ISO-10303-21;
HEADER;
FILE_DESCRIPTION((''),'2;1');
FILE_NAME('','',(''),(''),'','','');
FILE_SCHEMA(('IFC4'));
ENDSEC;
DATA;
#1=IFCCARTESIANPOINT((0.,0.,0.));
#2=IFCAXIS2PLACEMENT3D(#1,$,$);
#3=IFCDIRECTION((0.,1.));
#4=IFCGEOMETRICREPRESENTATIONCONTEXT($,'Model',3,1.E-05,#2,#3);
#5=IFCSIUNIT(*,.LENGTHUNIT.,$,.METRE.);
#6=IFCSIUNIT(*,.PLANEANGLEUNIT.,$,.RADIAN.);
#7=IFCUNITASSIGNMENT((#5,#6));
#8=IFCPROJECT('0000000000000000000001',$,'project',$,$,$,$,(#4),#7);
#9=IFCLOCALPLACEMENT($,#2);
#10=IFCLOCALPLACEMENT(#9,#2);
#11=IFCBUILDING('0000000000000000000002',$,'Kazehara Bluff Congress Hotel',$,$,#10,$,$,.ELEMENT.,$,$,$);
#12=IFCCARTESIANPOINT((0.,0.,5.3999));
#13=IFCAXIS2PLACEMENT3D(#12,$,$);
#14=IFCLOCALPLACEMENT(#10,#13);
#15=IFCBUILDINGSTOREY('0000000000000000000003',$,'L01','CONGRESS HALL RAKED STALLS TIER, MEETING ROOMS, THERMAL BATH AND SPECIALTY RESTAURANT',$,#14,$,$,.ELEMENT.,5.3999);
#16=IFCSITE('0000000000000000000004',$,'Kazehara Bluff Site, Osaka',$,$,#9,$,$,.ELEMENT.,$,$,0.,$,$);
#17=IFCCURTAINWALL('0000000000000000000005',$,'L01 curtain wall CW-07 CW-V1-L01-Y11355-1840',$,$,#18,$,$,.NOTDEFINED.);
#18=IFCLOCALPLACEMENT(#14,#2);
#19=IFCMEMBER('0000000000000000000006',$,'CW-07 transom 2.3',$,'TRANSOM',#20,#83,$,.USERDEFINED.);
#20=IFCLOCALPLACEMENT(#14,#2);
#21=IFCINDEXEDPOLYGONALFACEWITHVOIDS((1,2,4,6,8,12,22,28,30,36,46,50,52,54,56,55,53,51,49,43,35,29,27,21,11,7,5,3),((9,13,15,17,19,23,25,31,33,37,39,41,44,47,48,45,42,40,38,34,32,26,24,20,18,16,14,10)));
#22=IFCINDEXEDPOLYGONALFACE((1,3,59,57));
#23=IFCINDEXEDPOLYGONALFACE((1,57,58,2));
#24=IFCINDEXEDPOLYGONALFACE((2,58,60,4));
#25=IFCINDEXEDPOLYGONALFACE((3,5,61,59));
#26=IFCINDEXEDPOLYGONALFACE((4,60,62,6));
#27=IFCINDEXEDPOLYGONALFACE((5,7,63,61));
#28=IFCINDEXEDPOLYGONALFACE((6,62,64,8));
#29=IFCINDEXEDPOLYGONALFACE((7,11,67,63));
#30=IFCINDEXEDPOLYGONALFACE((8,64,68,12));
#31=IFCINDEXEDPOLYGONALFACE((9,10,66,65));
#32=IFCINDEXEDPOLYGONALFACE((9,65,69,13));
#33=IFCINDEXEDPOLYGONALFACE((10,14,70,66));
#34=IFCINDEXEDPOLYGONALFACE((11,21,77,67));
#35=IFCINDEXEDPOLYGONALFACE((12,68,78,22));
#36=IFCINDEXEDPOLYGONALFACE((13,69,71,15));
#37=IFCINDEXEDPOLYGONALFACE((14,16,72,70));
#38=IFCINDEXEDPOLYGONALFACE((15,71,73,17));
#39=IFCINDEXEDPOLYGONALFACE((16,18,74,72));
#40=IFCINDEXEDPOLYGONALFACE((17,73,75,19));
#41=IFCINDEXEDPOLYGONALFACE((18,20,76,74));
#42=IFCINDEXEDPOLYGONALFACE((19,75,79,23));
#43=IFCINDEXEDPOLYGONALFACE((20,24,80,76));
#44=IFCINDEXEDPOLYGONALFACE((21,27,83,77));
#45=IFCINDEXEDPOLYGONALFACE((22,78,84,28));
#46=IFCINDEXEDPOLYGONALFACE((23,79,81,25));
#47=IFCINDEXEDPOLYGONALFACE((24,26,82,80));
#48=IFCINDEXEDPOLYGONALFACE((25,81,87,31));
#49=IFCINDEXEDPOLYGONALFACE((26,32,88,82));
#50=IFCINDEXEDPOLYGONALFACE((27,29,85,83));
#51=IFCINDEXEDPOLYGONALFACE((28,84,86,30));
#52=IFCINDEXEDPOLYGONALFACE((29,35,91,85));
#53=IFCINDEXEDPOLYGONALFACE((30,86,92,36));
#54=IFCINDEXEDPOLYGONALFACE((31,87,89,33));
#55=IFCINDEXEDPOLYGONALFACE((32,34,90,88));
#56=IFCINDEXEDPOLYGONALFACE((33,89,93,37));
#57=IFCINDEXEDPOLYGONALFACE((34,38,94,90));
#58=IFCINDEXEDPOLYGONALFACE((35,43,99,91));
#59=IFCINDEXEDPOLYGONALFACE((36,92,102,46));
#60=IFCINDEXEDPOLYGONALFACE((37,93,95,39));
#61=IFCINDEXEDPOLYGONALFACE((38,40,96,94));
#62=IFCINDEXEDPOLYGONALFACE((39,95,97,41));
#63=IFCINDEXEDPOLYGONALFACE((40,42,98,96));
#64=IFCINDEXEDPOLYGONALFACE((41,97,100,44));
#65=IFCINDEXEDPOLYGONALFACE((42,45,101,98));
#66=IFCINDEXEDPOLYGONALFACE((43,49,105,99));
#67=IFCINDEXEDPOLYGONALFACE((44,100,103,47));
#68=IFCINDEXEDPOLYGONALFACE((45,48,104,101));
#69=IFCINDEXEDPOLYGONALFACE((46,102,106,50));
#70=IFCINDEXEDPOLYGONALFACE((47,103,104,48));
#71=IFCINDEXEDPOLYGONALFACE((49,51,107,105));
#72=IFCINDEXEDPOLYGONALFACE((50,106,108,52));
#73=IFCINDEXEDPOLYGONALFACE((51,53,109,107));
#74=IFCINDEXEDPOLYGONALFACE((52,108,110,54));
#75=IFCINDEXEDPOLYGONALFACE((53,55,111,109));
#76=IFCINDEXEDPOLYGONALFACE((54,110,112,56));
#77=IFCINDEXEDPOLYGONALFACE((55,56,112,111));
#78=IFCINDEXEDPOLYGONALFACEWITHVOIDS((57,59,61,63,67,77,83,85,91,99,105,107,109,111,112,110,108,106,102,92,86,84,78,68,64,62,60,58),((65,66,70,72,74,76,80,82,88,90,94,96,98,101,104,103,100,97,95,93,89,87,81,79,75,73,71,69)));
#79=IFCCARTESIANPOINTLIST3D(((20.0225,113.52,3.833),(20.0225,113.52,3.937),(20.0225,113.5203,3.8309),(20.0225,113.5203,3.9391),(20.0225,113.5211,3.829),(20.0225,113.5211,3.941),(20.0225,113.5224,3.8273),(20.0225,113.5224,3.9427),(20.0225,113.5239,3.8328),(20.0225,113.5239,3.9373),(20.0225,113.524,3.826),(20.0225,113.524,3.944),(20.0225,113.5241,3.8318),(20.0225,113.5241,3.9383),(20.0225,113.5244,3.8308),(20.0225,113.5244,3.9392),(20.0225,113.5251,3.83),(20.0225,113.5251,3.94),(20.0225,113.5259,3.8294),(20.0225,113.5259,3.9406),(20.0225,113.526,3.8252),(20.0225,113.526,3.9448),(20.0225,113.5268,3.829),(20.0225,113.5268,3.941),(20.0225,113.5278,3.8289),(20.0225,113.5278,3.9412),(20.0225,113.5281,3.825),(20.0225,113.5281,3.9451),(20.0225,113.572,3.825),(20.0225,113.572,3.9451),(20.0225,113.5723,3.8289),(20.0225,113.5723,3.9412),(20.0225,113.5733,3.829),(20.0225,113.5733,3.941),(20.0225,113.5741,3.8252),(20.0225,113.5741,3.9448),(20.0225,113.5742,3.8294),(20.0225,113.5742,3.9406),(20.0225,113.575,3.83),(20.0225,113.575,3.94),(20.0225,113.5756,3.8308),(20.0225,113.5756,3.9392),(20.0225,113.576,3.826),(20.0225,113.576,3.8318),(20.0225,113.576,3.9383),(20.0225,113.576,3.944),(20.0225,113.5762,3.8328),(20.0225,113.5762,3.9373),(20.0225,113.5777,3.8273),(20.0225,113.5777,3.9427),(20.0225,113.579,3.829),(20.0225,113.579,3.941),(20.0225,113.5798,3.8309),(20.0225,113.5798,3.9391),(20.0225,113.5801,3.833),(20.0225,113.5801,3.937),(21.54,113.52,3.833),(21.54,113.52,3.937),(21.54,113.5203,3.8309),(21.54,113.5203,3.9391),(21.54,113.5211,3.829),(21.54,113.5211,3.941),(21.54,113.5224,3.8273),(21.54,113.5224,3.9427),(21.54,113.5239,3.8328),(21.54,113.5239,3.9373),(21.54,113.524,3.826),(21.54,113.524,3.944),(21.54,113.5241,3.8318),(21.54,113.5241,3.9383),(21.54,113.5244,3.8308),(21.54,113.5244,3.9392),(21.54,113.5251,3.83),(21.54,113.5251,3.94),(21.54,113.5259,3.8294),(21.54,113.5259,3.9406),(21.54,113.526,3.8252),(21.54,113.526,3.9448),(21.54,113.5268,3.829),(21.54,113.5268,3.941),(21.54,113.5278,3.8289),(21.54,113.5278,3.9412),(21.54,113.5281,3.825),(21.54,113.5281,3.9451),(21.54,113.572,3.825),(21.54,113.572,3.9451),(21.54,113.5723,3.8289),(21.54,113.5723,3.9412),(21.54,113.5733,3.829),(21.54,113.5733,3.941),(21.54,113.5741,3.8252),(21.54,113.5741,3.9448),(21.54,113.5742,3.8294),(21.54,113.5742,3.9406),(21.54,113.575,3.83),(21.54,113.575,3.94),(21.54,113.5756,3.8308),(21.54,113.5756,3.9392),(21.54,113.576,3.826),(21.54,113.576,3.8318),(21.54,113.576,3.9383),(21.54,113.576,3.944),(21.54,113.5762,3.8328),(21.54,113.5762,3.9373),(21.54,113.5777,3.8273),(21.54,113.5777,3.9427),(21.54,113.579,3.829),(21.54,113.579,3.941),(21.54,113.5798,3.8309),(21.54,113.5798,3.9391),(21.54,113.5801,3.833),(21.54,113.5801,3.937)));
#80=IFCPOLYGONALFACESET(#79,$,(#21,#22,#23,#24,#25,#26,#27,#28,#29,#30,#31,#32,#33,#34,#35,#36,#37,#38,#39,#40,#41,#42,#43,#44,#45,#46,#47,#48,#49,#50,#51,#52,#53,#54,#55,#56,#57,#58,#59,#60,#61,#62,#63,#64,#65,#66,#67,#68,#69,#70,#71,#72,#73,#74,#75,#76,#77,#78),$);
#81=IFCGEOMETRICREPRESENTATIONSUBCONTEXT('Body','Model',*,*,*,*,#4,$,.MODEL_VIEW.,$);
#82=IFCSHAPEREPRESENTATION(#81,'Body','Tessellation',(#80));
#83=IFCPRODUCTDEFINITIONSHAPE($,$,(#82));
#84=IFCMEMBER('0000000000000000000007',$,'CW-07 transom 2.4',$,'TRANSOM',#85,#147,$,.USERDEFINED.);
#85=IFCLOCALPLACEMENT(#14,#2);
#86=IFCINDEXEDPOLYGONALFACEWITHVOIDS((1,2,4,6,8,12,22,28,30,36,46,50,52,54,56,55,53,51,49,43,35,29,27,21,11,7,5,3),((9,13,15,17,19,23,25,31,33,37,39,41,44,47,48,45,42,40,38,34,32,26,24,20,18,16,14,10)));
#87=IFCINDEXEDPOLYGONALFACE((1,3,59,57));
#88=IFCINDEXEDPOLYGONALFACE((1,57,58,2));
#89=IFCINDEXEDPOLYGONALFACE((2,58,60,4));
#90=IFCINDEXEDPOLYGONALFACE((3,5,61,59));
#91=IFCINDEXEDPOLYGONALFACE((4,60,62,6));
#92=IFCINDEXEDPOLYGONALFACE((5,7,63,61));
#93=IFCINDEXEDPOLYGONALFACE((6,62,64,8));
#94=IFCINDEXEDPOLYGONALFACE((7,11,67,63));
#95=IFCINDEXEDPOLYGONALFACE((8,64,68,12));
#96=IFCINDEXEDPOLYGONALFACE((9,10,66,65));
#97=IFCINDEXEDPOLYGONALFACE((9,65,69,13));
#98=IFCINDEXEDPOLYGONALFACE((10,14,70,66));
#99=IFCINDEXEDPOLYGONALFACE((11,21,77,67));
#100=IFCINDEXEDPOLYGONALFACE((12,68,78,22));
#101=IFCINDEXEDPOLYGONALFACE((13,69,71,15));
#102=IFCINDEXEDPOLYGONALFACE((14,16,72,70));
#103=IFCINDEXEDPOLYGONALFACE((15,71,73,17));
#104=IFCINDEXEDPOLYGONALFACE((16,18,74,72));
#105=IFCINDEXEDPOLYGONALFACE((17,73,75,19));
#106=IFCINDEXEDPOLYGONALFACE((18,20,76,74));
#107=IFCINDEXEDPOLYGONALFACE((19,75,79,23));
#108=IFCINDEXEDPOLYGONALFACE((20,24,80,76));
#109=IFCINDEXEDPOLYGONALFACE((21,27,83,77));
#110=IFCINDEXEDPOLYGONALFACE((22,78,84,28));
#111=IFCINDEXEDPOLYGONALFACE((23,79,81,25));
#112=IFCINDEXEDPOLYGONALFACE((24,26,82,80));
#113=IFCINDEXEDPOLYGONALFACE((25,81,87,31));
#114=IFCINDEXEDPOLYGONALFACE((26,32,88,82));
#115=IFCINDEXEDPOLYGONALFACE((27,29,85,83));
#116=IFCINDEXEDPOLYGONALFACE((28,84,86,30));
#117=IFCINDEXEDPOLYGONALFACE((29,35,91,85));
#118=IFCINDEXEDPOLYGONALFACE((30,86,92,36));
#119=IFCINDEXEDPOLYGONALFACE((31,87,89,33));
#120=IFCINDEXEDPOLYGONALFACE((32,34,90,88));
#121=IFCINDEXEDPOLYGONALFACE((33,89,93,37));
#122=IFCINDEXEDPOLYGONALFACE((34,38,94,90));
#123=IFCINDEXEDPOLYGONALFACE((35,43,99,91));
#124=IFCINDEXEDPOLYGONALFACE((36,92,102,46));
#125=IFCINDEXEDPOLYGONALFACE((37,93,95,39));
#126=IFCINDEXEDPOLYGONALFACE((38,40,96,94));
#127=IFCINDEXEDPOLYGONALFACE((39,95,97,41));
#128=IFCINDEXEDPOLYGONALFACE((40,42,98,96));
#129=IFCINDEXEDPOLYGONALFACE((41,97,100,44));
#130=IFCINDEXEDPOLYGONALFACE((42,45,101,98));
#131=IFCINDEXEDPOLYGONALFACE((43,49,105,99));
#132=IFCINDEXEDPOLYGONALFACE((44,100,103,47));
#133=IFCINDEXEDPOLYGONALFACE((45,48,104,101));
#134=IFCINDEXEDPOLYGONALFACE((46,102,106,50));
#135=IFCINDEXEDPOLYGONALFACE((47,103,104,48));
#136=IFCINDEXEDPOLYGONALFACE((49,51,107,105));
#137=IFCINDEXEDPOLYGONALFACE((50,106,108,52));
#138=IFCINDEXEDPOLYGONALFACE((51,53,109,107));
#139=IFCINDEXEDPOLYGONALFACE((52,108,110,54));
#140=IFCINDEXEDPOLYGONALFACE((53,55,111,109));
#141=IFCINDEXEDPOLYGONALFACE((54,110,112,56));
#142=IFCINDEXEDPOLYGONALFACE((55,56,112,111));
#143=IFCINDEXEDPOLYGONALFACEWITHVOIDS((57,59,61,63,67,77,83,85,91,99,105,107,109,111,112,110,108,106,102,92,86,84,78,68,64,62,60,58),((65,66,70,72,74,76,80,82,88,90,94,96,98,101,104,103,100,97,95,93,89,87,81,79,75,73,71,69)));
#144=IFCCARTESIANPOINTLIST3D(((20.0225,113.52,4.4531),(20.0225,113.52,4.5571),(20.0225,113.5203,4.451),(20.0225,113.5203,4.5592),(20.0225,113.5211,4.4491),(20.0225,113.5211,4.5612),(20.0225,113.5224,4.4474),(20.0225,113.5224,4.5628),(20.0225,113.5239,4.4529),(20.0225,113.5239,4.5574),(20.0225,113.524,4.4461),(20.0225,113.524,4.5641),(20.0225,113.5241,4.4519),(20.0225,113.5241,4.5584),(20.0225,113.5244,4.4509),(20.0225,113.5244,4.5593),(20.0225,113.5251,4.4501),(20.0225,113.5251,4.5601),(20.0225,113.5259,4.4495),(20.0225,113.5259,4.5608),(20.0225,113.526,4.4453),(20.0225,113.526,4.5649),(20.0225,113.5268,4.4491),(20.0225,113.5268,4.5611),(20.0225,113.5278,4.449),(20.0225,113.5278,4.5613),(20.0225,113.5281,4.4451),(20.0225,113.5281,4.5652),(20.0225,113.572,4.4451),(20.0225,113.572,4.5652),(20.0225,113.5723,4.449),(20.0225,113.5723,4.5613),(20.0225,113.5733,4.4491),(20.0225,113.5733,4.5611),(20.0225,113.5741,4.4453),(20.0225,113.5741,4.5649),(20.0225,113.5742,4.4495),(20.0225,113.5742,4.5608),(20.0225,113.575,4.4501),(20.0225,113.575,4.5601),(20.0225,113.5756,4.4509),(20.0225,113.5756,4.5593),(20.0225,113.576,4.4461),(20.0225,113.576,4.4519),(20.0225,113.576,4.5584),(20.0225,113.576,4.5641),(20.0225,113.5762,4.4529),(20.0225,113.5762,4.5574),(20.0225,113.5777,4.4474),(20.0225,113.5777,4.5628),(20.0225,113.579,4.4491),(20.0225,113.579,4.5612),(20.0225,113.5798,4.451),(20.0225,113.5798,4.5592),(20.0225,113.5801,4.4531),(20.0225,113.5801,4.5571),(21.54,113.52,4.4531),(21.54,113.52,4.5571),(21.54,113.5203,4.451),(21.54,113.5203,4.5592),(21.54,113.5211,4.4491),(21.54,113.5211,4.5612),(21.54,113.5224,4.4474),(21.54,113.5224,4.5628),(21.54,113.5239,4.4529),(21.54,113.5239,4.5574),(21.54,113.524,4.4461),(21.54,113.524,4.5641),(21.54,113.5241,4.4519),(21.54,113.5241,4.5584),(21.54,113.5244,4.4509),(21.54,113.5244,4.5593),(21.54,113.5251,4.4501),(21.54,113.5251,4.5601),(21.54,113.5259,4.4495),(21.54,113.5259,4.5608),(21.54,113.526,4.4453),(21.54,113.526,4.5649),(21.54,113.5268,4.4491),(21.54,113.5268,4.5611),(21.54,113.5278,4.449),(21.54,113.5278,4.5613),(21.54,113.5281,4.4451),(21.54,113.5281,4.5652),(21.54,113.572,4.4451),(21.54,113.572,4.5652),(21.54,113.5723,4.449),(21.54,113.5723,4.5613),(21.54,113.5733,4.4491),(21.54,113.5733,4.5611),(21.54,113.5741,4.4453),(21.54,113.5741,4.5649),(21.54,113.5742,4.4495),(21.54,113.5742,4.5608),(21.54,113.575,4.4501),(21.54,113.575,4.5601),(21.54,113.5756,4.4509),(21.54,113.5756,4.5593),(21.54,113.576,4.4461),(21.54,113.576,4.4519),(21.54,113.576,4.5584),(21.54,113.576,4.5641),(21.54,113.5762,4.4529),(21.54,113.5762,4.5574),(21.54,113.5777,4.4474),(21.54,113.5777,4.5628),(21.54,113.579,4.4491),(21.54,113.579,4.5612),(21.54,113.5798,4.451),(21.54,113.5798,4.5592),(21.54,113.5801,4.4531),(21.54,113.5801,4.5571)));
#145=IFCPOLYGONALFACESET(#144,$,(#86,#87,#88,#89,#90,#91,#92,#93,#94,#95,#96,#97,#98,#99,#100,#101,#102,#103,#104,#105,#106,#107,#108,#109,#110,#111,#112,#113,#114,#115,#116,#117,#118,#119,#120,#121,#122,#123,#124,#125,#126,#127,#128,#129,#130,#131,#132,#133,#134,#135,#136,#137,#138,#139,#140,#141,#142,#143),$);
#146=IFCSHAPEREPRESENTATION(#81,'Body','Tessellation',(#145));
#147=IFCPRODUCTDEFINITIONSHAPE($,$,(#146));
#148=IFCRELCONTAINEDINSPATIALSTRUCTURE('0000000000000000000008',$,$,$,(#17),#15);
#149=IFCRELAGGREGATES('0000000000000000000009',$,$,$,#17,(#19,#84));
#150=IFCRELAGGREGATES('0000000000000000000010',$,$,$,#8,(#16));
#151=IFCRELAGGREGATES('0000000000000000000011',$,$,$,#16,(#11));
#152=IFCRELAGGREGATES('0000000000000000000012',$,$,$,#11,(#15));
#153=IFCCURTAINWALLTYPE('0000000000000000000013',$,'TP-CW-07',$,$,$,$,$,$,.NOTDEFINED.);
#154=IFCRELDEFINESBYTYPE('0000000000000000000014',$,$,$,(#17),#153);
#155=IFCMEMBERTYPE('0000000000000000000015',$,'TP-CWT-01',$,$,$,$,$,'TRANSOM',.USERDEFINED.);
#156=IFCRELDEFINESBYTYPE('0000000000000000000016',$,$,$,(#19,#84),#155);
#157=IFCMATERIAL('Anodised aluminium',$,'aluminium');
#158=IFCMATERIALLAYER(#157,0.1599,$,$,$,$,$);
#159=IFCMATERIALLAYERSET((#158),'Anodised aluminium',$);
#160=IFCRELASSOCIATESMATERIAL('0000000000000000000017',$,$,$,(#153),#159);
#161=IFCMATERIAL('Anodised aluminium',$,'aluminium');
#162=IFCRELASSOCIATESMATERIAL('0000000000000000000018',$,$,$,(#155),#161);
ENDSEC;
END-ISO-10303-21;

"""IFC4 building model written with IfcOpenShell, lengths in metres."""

from ifc_helpers import new_model, si_unit, direction, frame, origin, origin_2d, place, context, subcontext, project, spatial, hollow_rectangle, extrude, material, layer, layer_set, material_profile, profile_set, type_object, element, aggregate, save


model = new_model("IFC4")

# Units and contexts
model_context = context("Model", 3, precision=1e-05, world=origin(), true_north=direction((0.0, 1.0)))
body_context = subcontext(model_context, "Body", "Model", "MODEL_VIEW")
ifc_project = project(units=[si_unit("LENGTHUNIT", "METRE"), si_unit("PLANEANGLEUNIT", "RADIAN")], contexts=[model_context])

# Site, building, storey
site_placement = place(None, origin())
site = spatial("IfcSite", under=ifc_project, at=site_placement, Name="Kazehara Bluff Site, Osaka", CompositionType="ELEMENT", RefElevation=0.0)
building_placement = place(site_placement, origin())
building = spatial("IfcBuilding", under=site, at=building_placement, Name="Kazehara Bluff Congress Hotel", CompositionType="ELEMENT")
storey_placement = place(building_placement, frame((0.0, 0.0, 5.3999)))
storey = spatial("IfcBuildingStorey", under=building, at=storey_placement, Name="L01", Description="CONGRESS HALL RAKED STALLS TIER, MEETING ROOMS, THERMAL BATH AND SPECIALTY RESTAURANT", CompositionType="ELEMENT", Elevation=5.3999)

# Curtain wall, members
ifc_material_1 = material(Name="Anodised aluminium", Category="aluminium")
ifc_layer_1 = layer(ifc_material_1, 0.1599)
ifc_layer_set_1 = layer_set([ifc_layer_1], Name="Anodised aluminium")
curtain_wall_type = type_object("IfcCurtainWallType", Name="TP-CW-07", PredefinedType="NOTDEFINED", material=ifc_layer_set_1)
curtain_wall_placement = place(storey_placement, origin())
curtain_wall = element("IfcCurtainWall", 1, at=curtain_wall_placement, inside=storey, type_object=curtain_wall_type, Name="L01 curtain wall CW-07 CW-V1-L01-Y11355-1840", PredefinedType="NOTDEFINED")
ifc_material_2 = material(Name="Anodised aluminium", Category="aluminium")
ifc_material_profile_1 = material_profile(ifc_material_2, hollow_rectangle(XDim=0.0601, YDim=0.1201, WallThickness=0.0039, InnerFilletRadius=0.0039, OuterFilletRadius=0.0081, at=origin_2d()))
ifc_profile_set_1 = profile_set([ifc_material_profile_1], Name="Anodised aluminium")
member_type_1 = type_object("IfcMemberType", Name="TP-CWT-01", ElementType="TRANSOM", PredefinedType="USERDEFINED", material=ifc_profile_set_1)
member_1_placement = place(storey_placement, frame((20.0225, 113.55, 3.885), z_axis=(1.0, 0.0, 0.0), x_axis=(0.0, 1.0, 0.0)))
member_1 = element("IfcMember", 2, at=member_1_placement, type_object=member_type_1, Name="CW-07 transom 2.3", ObjectType="TRANSOM", PredefinedType="USERDEFINED", context=body_context, shape_type="SweptSolid", body=[
    extrude(hollow_rectangle(XDim=0.0601, YDim=0.1201, WallThickness=0.0039, InnerFilletRadius=0.0039, OuterFilletRadius=0.0081, at=origin_2d()), origin(), (0.0, 0.0, 1.0), 1.5176),
])
member_2_placement = place(storey_placement, frame((20.0225, 113.55, 4.5051), z_axis=(1.0, 0.0, 0.0), x_axis=(0.0, 1.0, 0.0)))
member_2 = element("IfcMember", 3, at=member_2_placement, type_object=member_type_1, Name="CW-07 transom 2.4", ObjectType="TRANSOM", PredefinedType="USERDEFINED", context=body_context, shape_type="SweptSolid", body=[
    extrude(hollow_rectangle(XDim=0.0601, YDim=0.1201, WallThickness=0.0039, InnerFilletRadius=0.0039, OuterFilletRadius=0.0081, at=origin_2d()), origin(), (0.0, 0.0, 1.0), 1.5176),
])

aggregate(curtain_wall, [member_1, member_2])

save(model, "model.ifc")
